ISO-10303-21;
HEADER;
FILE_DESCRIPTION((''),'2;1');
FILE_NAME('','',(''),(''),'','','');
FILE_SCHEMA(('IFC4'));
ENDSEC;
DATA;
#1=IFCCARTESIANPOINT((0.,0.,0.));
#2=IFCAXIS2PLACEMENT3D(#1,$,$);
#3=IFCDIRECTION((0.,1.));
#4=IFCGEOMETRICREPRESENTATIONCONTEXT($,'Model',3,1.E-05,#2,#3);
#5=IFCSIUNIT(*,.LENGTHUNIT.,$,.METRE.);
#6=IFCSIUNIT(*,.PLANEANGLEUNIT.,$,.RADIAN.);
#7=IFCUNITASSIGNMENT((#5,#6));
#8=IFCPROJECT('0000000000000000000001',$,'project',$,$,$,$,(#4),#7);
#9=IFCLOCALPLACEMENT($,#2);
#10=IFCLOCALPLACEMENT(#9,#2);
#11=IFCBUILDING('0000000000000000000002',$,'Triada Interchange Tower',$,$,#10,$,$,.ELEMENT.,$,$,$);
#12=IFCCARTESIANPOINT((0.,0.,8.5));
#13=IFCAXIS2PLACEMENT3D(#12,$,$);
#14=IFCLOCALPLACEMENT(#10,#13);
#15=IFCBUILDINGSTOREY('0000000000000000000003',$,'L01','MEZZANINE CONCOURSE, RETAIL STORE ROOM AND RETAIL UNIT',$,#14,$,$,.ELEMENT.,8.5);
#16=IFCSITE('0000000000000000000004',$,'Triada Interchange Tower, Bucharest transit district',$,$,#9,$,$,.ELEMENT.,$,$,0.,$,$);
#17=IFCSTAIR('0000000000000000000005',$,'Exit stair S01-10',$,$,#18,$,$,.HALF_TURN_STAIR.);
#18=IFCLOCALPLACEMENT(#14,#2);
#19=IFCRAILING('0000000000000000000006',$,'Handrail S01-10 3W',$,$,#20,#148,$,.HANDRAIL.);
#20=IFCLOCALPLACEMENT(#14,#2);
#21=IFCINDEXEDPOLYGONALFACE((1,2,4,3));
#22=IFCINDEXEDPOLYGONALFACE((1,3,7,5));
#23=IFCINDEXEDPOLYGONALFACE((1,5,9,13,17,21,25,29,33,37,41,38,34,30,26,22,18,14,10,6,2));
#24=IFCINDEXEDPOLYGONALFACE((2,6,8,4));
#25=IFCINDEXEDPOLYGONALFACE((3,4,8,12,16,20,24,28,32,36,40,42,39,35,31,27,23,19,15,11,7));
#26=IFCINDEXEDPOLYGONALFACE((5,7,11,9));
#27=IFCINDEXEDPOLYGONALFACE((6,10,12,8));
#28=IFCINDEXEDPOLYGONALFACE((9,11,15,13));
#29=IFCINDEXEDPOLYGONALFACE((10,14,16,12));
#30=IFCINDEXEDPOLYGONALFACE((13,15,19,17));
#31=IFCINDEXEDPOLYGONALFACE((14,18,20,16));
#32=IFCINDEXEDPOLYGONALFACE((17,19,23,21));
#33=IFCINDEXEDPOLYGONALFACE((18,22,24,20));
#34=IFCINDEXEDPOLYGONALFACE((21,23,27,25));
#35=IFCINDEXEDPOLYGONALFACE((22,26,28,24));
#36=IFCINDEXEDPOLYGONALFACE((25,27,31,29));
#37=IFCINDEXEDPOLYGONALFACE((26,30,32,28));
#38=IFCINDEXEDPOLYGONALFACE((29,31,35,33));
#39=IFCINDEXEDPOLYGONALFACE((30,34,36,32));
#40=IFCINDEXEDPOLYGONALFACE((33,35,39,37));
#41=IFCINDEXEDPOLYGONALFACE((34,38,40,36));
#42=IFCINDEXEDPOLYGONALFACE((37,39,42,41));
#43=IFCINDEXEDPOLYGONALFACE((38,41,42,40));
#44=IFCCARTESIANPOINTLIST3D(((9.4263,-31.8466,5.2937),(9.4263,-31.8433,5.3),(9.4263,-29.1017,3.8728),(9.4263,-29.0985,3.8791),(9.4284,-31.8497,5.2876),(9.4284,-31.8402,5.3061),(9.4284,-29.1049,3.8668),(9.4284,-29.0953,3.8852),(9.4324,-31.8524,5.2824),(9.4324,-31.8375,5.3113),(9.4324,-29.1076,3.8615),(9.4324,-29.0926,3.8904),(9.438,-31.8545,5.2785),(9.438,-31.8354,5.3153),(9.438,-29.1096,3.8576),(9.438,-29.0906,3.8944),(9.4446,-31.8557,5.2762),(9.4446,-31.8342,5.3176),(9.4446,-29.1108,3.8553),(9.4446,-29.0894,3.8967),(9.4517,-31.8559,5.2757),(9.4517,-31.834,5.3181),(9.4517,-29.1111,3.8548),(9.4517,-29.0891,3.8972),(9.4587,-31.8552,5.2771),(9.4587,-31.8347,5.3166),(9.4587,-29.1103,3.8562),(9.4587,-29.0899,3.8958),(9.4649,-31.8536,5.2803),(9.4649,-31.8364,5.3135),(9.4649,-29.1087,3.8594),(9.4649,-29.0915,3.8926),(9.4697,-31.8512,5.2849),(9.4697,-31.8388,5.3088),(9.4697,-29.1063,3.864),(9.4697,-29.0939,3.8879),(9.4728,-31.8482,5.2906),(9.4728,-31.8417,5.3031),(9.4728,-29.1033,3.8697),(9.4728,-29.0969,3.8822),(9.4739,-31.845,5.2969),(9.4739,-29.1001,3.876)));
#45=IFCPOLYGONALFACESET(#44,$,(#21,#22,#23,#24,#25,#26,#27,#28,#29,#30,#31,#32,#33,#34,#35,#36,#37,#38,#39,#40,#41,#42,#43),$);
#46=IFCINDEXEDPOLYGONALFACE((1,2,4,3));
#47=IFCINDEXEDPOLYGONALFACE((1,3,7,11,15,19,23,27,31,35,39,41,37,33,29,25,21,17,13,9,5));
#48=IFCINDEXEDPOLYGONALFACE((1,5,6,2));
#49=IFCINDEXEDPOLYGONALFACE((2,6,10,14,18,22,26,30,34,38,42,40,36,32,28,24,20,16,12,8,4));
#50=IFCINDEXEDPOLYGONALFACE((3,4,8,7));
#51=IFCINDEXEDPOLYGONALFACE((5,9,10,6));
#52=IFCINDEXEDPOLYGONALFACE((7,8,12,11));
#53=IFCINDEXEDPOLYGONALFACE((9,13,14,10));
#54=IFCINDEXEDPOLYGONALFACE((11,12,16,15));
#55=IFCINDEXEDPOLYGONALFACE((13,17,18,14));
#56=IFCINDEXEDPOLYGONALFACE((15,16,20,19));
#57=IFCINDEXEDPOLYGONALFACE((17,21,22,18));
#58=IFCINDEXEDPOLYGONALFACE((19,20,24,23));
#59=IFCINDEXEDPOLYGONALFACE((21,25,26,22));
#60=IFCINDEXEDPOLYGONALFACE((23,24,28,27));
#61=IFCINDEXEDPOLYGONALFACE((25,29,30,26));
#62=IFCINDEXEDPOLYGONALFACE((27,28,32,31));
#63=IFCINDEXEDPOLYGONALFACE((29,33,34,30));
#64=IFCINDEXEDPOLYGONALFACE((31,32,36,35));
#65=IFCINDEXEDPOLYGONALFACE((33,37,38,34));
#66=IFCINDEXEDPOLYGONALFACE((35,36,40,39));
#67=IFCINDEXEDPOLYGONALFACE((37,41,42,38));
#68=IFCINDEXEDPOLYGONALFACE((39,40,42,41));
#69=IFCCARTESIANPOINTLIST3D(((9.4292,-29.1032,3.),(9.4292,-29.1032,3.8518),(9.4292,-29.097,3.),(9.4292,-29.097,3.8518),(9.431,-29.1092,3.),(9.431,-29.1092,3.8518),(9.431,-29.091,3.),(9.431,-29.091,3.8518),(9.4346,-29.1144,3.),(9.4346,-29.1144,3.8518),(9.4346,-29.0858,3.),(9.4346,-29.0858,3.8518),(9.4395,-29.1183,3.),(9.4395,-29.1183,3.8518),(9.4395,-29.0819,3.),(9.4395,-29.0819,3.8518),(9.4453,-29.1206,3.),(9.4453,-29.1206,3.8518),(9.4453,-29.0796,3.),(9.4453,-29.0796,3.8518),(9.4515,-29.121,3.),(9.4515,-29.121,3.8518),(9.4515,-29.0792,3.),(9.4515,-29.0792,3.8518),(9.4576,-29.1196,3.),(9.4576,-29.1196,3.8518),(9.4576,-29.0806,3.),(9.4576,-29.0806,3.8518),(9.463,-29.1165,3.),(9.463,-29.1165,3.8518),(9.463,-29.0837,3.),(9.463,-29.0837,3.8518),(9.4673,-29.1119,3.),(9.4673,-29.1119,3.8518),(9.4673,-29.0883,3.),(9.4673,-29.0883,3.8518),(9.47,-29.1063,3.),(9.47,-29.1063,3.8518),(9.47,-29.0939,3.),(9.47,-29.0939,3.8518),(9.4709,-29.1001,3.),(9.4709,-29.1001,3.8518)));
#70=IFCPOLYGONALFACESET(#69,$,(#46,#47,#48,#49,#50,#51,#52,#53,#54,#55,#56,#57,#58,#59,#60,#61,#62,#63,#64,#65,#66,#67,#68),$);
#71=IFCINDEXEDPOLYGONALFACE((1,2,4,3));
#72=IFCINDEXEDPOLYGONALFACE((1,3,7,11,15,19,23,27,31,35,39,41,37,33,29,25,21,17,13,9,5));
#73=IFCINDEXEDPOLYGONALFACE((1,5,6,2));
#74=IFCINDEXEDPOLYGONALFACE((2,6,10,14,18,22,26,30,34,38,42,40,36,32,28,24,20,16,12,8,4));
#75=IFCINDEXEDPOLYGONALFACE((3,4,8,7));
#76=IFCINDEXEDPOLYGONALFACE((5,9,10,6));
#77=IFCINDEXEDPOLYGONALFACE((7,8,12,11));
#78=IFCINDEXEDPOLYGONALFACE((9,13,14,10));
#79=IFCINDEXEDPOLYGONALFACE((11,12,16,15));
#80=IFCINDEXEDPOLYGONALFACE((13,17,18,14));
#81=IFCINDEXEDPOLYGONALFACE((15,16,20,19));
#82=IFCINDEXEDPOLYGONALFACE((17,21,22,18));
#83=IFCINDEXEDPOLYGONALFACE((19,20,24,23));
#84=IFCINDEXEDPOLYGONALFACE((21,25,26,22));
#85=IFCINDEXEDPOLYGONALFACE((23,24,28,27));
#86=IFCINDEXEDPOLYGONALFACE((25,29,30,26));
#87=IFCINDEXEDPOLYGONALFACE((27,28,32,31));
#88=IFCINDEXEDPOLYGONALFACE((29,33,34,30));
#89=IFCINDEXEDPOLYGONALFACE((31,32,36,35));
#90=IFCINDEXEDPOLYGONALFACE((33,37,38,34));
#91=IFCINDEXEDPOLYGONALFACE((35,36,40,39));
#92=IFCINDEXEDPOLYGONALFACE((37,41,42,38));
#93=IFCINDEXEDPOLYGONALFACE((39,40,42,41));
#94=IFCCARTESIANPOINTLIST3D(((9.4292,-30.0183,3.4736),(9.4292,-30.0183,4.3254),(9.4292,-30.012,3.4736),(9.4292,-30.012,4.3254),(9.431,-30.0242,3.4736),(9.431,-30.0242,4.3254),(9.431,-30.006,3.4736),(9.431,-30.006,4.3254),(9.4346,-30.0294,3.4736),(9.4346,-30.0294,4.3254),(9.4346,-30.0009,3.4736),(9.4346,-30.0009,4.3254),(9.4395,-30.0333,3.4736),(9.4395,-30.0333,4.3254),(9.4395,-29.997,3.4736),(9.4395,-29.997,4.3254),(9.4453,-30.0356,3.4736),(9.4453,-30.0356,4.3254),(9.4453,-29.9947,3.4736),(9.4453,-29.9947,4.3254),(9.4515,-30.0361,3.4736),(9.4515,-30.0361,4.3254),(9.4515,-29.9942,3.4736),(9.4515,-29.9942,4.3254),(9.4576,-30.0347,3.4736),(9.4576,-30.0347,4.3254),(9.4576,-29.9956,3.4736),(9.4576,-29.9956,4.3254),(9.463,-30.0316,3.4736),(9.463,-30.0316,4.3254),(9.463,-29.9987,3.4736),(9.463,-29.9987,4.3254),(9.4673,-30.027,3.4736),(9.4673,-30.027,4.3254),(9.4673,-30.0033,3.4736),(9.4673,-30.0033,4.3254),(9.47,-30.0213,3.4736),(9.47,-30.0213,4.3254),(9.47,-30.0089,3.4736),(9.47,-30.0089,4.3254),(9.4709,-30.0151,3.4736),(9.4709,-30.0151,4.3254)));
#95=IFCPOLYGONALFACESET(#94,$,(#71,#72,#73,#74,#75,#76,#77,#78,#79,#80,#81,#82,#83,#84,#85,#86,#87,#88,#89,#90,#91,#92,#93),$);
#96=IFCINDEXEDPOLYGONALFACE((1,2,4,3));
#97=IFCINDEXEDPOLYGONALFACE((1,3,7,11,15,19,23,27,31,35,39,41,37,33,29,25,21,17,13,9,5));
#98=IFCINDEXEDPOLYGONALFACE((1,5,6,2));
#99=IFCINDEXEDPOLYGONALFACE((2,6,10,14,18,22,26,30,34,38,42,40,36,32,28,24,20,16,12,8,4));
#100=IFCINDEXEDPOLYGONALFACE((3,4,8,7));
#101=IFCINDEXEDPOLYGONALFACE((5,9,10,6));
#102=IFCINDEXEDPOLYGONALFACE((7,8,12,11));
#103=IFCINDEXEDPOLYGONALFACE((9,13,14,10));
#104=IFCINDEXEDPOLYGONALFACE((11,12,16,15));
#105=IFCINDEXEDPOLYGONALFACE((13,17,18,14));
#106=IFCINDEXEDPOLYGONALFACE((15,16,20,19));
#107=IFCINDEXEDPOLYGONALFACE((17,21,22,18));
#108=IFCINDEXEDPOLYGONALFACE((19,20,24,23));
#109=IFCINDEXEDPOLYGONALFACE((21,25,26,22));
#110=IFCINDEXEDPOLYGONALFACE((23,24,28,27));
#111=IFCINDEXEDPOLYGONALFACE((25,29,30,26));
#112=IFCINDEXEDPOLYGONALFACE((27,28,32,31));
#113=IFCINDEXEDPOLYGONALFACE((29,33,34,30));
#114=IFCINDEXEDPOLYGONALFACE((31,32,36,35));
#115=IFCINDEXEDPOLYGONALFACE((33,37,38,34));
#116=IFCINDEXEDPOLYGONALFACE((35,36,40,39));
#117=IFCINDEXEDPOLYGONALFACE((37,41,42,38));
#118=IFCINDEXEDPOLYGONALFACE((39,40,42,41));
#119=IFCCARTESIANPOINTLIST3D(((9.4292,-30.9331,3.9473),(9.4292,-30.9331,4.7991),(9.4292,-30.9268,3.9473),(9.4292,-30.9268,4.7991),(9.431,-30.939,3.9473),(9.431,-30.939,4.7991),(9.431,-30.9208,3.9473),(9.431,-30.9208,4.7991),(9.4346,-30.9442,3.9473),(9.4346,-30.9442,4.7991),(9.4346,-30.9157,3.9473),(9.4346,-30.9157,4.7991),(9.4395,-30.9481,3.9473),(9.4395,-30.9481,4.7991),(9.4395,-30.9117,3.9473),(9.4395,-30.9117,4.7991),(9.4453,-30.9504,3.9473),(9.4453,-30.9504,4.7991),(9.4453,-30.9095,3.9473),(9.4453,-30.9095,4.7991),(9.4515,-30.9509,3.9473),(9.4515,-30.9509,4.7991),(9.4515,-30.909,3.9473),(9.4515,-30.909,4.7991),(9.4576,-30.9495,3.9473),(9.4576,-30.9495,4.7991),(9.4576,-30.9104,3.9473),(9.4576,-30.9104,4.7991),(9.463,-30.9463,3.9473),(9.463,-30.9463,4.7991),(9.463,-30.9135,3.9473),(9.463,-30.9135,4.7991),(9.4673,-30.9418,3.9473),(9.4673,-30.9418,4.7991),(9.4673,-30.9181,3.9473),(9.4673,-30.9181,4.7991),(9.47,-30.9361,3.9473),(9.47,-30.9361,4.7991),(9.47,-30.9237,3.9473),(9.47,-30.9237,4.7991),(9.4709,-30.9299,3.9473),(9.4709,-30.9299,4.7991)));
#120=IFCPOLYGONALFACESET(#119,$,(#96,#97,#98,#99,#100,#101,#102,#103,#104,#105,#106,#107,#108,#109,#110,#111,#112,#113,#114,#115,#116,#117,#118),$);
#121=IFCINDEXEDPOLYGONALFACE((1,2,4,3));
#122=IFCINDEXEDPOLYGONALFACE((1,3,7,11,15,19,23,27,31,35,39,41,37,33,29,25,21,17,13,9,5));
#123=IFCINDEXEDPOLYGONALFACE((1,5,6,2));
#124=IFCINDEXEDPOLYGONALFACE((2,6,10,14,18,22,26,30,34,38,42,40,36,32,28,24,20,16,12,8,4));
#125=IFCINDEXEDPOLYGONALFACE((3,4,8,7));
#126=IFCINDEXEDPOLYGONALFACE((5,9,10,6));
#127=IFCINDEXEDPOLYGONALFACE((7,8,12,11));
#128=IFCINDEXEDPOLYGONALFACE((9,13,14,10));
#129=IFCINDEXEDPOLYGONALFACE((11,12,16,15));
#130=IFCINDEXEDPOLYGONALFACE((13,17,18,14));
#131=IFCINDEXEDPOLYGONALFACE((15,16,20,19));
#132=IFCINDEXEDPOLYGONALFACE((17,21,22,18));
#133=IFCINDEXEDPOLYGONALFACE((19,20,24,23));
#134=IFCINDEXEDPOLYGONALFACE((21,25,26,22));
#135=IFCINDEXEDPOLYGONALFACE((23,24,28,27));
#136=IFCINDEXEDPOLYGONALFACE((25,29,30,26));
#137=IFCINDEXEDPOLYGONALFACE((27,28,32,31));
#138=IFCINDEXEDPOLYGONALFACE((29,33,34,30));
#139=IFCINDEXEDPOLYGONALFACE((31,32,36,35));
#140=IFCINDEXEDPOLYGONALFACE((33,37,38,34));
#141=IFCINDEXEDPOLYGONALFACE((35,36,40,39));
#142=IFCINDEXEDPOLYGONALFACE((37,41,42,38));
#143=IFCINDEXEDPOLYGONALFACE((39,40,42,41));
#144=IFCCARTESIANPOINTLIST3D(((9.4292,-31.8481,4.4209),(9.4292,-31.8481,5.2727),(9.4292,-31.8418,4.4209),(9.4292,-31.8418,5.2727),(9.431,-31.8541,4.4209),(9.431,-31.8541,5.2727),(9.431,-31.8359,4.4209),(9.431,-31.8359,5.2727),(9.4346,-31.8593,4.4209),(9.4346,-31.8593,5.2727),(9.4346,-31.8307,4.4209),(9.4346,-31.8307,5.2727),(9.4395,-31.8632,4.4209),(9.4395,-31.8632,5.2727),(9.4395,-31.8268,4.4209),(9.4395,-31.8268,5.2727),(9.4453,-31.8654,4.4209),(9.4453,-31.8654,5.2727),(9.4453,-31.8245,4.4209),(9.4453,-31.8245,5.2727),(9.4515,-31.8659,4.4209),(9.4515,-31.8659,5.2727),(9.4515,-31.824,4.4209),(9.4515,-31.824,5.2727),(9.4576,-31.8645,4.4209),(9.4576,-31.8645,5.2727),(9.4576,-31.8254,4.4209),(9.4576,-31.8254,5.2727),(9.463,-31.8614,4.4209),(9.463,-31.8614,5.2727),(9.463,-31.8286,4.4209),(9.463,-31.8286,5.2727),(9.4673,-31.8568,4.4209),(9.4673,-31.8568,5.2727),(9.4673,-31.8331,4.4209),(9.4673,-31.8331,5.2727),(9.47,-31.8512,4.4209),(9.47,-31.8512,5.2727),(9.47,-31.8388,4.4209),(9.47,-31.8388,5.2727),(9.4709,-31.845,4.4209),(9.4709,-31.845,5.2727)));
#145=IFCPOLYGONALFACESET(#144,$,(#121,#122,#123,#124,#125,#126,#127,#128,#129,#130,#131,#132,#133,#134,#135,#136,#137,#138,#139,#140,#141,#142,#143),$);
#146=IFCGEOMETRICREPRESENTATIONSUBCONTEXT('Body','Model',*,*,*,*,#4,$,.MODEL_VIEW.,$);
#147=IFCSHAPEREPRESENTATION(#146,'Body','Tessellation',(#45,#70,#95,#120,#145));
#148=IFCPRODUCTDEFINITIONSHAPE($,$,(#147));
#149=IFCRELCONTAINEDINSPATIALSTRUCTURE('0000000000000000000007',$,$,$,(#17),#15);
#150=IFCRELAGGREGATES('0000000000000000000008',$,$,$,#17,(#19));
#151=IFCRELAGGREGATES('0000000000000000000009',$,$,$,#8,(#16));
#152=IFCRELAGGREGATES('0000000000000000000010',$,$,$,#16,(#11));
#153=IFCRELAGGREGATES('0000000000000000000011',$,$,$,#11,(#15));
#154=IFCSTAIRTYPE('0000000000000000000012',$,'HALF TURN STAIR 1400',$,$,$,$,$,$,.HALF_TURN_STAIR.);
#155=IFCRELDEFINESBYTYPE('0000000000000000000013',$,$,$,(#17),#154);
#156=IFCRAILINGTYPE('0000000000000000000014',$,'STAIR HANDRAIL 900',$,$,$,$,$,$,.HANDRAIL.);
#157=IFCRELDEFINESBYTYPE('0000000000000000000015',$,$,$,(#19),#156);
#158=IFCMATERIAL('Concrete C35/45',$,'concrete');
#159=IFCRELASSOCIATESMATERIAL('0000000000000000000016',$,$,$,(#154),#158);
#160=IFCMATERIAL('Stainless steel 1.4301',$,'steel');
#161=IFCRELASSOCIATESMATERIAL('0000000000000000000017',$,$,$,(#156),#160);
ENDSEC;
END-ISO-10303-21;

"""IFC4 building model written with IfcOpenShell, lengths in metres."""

from ifc_helpers import new_model, si_unit, direction, frame, origin, origin_2d, place, context, subcontext, project, spatial, circle, extrude, material, type_object, element, aggregate, save


model = new_model("IFC4")

# Units and contexts
model_context = context("Model", 3, precision=1e-05, world=origin(), true_north=direction((0.0, 1.0)))
body_context = subcontext(model_context, "Body", "Model", "MODEL_VIEW")
ifc_project = project(units=[si_unit("LENGTHUNIT", "METRE"), si_unit("PLANEANGLEUNIT", "RADIAN")], contexts=[model_context])

# Site, building, storey
site_placement = place(None, origin())
site = spatial("IfcSite", under=ifc_project, at=site_placement, Name="Triada Interchange Tower, Bucharest transit district", CompositionType="ELEMENT", RefElevation=0.0)
building_placement = place(site_placement, origin())
building = spatial("IfcBuilding", under=site, at=building_placement, Name="Triada Interchange Tower", CompositionType="ELEMENT")
storey_placement = place(building_placement, frame((0.0, 0.0, 8.5)))
storey = spatial("IfcBuildingStorey", under=building, at=storey_placement, Name="L01", Description="MEZZANINE CONCOURSE, RETAIL STORE ROOM AND RETAIL UNIT", CompositionType="ELEMENT", Elevation=8.5)

# Shared definitions
ifc_material_1 = material(Name="Concrete C35/45", Category="concrete")

# Shared definitions
stair_type = type_object("IfcStairType", Name="HALF TURN STAIR 1400", PredefinedType="HALF_TURN_STAIR", material=ifc_material_1)

# Stair
stair_1_placement = place(storey_placement, origin())
stair_1 = element("IfcStair", 1, at=stair_1_placement, inside=storey, type_object=stair_type, Name="Exit stair S01-10", PredefinedType="HALF_TURN_STAIR")
ifc_material_2 = material(Name="Stainless steel 1.4301", Category="steel")

# Railing
railing_type_1 = type_object("IfcRailingType", Name="STAIR HANDRAIL 900", PredefinedType="HANDRAIL", material=ifc_material_2)
railing_1_placement = place(storey_placement, frame((9.45, -29.1001, 3.0)))
railing_1 = element("IfcRailing", 2, at=railing_1_placement, type_object=railing_type_1, Name="Handrail S01-10 3W", PredefinedType="HANDRAIL", context=body_context, shape_type="SweptSolid", body=[
    extrude(circle(Radius=0.0239, at=origin_2d()), frame((0.0, 0.0, 0.876), z_axis=(0.0, -0.888068, 0.459713), x_axis=(1.0, 0.0, 0.0)), (0.0, 0.0, 1.0), 3.0908),
    extrude(circle(Radius=0.021, at=origin_2d()), origin(), (0.0, 0.0, 1.0), 0.8518),
    extrude(circle(Radius=0.021, at=origin_2d()), frame((0.0, -0.915, 0.4736)), (0.0, 0.0, 1.0), 0.8518),
    extrude(circle(Radius=0.021, at=origin_2d()), frame((0.0, -1.8298, 0.9473)), (0.0, 0.0, 1.0), 0.8518),
    extrude(circle(Radius=0.021, at=origin_2d()), frame((0.0, -2.7449, 1.4209)), (0.0, 0.0, 1.0), 0.8518),
])
aggregate(stair_1, [railing_1])

save(model, "model.ifc")
